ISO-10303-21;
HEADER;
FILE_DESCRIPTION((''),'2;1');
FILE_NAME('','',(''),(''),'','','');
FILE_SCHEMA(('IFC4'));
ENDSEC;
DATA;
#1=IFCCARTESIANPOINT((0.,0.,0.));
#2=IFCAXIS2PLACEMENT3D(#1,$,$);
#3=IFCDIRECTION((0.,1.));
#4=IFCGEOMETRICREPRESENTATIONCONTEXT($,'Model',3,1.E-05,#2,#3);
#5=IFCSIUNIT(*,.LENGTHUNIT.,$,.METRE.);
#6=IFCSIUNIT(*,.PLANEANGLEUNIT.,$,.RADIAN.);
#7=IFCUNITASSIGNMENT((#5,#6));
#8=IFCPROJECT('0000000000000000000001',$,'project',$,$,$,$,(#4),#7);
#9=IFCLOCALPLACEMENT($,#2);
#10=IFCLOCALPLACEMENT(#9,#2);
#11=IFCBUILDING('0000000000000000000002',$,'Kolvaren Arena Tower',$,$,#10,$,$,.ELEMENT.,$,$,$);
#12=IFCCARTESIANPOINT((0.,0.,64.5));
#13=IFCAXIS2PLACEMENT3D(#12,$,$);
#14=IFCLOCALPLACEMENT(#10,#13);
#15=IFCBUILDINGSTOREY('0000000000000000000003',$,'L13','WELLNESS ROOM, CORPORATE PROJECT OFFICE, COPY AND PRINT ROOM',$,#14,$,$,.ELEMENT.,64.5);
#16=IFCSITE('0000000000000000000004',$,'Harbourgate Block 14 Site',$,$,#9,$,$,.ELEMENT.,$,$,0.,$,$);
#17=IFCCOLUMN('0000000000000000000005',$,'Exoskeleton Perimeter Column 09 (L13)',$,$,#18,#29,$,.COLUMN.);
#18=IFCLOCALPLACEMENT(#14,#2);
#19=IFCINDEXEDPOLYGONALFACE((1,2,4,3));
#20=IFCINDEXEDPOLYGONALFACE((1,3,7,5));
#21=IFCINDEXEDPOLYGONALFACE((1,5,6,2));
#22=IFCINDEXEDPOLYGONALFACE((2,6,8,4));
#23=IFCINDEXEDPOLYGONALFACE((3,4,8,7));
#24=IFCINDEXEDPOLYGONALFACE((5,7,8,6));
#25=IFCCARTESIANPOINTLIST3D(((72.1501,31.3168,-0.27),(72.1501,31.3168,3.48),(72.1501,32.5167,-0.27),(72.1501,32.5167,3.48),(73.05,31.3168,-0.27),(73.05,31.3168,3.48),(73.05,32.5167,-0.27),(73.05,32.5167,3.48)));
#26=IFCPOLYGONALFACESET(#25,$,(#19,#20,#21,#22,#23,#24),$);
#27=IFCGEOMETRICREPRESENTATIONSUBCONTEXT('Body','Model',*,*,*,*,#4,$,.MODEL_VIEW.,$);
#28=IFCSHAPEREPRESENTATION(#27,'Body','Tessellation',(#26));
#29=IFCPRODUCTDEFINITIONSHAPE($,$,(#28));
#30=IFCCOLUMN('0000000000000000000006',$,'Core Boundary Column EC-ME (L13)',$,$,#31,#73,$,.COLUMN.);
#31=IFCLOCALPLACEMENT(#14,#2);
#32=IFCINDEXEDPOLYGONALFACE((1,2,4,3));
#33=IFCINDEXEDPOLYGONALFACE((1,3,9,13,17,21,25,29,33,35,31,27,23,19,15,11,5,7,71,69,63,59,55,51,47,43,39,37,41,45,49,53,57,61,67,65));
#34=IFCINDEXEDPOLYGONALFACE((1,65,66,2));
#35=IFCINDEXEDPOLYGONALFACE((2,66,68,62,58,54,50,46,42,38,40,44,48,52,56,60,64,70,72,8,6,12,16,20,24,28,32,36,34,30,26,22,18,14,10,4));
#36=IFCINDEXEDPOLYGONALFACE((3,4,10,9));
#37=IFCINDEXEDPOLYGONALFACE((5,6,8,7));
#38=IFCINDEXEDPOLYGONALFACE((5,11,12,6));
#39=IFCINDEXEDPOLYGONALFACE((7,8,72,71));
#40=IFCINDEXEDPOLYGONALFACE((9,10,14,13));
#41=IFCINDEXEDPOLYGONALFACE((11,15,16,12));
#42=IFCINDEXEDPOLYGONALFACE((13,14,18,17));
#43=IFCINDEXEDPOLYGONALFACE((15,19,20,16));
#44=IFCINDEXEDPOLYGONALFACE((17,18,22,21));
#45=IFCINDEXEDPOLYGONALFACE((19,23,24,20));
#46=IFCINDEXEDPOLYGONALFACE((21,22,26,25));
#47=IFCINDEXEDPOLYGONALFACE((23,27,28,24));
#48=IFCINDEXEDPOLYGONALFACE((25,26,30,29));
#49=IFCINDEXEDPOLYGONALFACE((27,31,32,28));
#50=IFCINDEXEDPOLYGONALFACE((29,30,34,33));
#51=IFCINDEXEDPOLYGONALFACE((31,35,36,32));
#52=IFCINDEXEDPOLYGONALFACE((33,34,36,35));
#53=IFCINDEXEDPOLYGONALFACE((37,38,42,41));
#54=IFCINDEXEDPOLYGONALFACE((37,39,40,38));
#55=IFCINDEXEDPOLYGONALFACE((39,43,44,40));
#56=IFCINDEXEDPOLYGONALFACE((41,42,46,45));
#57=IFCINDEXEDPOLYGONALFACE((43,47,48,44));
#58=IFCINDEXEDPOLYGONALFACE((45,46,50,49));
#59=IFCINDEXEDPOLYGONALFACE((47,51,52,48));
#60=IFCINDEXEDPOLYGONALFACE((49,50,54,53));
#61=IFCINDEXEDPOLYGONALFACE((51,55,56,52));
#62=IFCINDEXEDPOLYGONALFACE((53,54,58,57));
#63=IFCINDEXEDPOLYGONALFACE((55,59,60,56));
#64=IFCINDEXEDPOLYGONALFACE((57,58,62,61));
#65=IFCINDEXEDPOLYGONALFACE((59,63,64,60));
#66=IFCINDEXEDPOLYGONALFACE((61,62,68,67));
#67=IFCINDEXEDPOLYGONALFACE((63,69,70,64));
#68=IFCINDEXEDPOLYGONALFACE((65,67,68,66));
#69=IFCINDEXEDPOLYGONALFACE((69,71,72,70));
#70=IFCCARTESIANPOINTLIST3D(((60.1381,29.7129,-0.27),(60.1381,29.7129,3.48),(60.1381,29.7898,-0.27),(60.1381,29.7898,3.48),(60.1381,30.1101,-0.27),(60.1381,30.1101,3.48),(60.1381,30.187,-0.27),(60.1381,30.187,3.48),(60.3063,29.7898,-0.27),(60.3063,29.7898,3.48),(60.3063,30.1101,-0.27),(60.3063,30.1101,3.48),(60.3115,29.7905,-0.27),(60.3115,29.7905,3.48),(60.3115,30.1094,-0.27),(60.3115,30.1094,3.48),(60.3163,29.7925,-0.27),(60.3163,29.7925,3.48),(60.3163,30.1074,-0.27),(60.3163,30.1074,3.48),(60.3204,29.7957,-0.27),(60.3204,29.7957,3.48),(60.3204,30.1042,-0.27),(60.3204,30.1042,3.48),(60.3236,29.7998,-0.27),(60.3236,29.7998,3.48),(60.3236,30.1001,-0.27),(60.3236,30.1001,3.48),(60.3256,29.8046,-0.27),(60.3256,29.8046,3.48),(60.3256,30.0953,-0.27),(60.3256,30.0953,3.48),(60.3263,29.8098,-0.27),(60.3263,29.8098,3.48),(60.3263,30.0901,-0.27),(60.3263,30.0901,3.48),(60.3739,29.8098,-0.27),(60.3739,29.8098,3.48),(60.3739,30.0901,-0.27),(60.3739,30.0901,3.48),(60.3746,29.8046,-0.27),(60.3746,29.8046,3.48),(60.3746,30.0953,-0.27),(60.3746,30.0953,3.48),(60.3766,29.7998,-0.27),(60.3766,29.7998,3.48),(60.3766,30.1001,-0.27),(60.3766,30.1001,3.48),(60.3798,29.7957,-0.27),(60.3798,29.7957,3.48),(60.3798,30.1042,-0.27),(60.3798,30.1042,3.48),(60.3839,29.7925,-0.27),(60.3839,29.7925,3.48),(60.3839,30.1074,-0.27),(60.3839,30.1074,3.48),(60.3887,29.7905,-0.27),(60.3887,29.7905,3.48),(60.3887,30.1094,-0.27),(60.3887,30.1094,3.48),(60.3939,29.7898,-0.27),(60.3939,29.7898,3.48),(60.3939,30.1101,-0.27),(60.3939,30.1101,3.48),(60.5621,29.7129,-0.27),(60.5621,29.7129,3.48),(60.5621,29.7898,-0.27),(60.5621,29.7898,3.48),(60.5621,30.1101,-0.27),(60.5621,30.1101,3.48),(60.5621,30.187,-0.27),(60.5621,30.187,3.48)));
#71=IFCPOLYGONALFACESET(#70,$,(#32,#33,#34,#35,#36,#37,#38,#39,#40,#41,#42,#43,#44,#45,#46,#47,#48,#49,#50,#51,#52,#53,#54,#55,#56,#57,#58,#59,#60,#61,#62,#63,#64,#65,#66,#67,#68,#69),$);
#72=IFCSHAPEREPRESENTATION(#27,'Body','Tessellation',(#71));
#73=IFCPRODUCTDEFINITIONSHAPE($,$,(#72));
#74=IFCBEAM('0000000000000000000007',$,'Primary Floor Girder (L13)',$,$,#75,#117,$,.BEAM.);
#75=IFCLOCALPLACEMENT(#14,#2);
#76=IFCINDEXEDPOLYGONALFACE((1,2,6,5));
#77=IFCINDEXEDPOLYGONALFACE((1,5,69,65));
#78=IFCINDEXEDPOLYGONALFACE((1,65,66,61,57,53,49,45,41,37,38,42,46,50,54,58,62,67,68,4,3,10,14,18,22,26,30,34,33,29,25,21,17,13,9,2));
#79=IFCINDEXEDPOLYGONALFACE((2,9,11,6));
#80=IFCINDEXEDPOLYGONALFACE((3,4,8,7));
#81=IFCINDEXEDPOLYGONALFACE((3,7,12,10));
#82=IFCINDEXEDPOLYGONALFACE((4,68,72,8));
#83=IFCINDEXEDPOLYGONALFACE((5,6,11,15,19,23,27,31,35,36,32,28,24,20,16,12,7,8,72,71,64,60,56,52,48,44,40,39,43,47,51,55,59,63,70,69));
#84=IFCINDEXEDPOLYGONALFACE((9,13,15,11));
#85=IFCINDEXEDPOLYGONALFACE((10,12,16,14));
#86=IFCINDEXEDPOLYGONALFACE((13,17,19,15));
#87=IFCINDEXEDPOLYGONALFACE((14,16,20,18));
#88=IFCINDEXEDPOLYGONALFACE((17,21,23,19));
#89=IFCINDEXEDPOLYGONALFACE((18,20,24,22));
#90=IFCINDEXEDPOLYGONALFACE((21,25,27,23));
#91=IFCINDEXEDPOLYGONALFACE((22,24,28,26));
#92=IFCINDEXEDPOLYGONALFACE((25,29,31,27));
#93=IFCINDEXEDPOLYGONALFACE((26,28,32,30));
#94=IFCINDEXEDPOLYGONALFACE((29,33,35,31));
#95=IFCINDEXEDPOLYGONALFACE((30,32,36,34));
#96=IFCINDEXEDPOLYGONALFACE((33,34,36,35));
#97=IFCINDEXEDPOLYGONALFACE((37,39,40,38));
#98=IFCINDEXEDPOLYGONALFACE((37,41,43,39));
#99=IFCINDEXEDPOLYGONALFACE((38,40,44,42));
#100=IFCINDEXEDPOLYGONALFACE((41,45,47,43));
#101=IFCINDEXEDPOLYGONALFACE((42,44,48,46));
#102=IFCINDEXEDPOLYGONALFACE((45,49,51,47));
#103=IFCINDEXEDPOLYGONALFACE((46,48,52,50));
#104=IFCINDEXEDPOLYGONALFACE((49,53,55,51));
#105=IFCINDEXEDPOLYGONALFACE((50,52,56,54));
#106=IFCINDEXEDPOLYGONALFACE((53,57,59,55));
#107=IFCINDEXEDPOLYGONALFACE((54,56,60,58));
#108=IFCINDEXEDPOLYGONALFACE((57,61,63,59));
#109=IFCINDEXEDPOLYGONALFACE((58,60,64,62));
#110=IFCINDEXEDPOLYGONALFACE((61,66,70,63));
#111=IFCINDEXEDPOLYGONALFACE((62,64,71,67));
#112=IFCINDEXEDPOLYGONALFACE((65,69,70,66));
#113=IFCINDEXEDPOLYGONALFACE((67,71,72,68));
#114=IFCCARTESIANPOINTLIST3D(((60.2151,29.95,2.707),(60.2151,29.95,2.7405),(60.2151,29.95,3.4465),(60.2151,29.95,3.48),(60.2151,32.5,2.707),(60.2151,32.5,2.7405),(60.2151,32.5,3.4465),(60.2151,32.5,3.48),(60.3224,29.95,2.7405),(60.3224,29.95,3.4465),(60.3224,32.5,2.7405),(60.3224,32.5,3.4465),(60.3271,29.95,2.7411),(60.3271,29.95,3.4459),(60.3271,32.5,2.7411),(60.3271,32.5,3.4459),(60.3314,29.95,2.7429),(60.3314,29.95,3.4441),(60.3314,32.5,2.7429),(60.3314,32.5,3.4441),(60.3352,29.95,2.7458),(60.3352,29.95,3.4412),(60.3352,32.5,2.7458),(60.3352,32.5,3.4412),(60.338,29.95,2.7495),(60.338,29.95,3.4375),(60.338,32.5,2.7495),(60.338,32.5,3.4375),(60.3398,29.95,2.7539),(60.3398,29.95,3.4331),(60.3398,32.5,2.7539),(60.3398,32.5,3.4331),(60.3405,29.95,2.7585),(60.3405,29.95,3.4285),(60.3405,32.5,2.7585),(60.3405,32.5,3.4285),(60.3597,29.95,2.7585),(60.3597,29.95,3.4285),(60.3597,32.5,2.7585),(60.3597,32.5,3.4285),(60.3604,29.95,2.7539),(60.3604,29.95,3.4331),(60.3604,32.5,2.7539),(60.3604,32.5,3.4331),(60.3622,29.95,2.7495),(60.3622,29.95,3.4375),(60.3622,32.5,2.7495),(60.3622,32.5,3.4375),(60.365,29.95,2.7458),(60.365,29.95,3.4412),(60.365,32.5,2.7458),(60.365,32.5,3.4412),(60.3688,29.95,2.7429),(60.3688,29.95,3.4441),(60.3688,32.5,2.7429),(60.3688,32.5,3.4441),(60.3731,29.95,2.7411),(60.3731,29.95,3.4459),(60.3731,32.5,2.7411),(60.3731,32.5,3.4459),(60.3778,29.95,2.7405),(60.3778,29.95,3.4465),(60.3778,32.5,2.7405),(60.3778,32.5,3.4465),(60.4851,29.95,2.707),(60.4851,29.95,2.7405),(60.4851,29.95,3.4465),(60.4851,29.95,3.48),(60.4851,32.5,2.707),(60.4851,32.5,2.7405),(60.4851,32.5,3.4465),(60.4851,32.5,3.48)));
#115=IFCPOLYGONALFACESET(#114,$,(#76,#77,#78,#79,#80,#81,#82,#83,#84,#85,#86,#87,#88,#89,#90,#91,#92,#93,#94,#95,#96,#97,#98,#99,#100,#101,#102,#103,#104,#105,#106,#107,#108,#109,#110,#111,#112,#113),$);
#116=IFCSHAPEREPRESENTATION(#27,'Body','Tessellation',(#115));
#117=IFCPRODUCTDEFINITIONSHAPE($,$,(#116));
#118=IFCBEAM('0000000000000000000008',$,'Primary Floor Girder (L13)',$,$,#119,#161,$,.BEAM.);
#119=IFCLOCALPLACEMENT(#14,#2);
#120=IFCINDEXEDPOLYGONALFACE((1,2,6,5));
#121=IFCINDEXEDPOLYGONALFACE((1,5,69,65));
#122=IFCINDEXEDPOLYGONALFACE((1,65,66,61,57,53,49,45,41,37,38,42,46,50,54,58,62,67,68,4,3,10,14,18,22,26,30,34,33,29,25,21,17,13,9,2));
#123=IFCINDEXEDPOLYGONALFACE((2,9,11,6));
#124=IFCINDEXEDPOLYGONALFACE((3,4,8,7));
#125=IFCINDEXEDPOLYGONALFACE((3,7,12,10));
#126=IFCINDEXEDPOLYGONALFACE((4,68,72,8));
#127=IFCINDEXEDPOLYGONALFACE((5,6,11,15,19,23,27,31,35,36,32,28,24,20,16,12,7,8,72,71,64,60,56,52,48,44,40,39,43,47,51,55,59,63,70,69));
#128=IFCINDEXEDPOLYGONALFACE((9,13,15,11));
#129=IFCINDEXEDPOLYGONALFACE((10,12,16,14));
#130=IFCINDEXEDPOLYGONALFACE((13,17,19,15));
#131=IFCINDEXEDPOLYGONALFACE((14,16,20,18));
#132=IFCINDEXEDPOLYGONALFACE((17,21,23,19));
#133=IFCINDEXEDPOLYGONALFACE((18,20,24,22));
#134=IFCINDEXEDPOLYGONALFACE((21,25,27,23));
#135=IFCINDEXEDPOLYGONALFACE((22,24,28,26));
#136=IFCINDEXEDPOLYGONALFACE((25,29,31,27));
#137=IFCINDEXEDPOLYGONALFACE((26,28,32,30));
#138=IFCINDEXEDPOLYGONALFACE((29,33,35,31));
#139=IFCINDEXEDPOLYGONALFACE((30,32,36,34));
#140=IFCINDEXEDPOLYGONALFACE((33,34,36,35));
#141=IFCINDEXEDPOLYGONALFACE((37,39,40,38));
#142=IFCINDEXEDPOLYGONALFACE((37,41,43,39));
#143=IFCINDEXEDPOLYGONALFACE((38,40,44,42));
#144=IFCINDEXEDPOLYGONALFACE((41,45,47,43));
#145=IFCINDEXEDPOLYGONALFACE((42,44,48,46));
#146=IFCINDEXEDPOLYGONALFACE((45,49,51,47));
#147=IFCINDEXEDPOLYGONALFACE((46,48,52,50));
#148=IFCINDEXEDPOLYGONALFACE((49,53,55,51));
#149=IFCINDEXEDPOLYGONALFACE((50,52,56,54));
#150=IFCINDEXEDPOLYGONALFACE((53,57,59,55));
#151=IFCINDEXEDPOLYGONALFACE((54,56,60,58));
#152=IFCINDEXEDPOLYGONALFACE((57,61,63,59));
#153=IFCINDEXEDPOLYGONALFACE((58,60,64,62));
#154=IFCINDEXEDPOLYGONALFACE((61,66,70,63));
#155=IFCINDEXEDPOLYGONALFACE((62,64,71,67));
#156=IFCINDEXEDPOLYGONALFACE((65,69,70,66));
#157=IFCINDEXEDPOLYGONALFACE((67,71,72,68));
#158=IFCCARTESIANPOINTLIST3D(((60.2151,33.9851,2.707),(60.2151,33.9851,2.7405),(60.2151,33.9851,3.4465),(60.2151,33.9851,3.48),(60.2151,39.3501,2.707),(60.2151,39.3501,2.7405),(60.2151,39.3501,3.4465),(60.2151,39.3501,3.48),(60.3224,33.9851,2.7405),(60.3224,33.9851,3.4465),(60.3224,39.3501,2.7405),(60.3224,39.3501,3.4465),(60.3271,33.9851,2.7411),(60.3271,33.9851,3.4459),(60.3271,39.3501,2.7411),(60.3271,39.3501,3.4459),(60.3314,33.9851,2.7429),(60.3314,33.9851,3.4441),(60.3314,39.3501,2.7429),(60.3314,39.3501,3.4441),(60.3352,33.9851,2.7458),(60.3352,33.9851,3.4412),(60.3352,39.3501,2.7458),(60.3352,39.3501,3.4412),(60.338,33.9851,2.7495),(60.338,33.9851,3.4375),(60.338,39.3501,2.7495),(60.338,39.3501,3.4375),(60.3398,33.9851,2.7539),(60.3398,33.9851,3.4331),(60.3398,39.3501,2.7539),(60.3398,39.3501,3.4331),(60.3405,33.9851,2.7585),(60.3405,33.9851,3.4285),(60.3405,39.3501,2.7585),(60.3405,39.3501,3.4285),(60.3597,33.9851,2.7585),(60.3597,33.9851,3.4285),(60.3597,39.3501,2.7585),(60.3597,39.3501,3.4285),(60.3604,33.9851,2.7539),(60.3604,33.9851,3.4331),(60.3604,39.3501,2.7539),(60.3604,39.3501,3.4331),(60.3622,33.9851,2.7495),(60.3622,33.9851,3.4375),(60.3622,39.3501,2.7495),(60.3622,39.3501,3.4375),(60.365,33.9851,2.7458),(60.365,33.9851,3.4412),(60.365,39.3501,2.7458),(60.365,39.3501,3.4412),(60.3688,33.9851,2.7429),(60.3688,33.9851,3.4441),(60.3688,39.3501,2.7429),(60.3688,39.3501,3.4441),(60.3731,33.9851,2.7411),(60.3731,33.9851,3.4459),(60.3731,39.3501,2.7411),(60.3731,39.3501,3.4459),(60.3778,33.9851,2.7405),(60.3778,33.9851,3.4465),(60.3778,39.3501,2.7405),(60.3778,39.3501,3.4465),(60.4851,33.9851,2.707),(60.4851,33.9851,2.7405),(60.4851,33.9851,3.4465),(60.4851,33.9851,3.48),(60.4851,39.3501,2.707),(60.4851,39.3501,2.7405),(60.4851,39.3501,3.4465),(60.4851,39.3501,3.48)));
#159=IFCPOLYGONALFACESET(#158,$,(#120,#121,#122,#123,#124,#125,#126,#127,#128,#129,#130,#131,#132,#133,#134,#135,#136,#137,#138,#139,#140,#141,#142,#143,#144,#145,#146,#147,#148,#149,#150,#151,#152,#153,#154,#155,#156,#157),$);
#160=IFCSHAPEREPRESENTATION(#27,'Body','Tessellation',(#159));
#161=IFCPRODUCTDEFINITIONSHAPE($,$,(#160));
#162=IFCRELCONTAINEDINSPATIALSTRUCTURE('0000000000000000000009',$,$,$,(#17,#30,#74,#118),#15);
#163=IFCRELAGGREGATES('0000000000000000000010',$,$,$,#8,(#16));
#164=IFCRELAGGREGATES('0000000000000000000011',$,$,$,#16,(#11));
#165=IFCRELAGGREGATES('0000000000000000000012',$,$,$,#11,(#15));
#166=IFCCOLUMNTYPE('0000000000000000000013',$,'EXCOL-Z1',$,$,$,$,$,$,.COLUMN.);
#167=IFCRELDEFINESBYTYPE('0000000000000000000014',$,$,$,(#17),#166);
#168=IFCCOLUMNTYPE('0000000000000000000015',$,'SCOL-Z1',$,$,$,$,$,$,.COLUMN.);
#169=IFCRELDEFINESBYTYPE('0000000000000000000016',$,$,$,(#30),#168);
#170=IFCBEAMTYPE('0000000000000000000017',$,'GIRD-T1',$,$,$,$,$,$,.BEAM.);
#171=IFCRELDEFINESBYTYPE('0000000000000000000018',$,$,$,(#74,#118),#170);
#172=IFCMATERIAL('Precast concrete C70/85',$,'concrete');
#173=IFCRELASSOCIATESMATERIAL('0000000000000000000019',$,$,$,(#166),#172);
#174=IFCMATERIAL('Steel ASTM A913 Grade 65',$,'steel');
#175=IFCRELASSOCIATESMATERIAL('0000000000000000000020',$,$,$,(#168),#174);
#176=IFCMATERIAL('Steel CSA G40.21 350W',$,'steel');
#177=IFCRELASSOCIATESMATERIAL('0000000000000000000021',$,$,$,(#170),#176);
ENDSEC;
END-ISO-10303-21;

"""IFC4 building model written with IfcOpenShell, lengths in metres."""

from ifc_helpers import new_model, si_unit, direction, frame, origin, origin_2d, place, context, subcontext, project, spatial, rectangle, i_section, extrude, material, material_profile, profile_set, type_object, element, save


model = new_model("IFC4")

# Units and contexts
model_context = context("Model", 3, precision=1e-05, world=origin(), true_north=direction((0.0, 1.0)))
body_context = subcontext(model_context, "Body", "Model", "MODEL_VIEW")
ifc_project = project(units=[si_unit("LENGTHUNIT", "METRE"), si_unit("PLANEANGLEUNIT", "RADIAN")], contexts=[model_context])

# Site, building, storey
site_placement = place(None, origin())
site = spatial("IfcSite", under=ifc_project, at=site_placement, Name="Harbourgate Block 14 Site", CompositionType="ELEMENT", RefElevation=0.0)
building_placement = place(site_placement, origin())
building = spatial("IfcBuilding", under=site, at=building_placement, Name="Kolvaren Arena Tower", CompositionType="ELEMENT")
storey_placement = place(building_placement, frame((0.0, 0.0, 64.5)))
storey = spatial("IfcBuildingStorey", under=building, at=storey_placement, Name="L13", Description="WELLNESS ROOM, CORPORATE PROJECT OFFICE, COPY AND PRINT ROOM", CompositionType="ELEMENT", Elevation=64.5)

# Columns
ifc_material_1 = material(Name="Precast concrete C70/85", Category="concrete")
ifc_material_profile_1 = material_profile(ifc_material_1, rectangle(XDim=1.2, YDim=0.8999, at=origin_2d()), Name="RC-1200x900")
ifc_profile_set_1 = profile_set([ifc_material_profile_1], Name="Precast concrete C70/85")
column_type_1 = type_object("IfcColumnType", Name="EXCOL-Z1", PredefinedType="COLUMN", material=ifc_profile_set_1)
column_1_placement = place(storey_placement, frame((72.6001, 31.9167, -0.27), z_axis=(0.0, 0.0, 1.0), x_axis=(0.0, 1.0, 0.0)))
element("IfcColumn", 1, at=column_1_placement, inside=storey, type_object=column_type_1, Name="Exoskeleton Perimeter Column 09 (L13)", PredefinedType="COLUMN", context=body_context, shape_type="SweptSolid", body=[
    extrude(rectangle(XDim=1.2, YDim=0.8999, at=origin_2d()), origin(), (0.0, 0.0, 1.0), 3.75),
])
ifc_material_2 = material(Name="Steel ASTM A913 Grade 65", Category="steel")
ifc_material_profile_2 = material_profile(ifc_material_2, i_section(OverallWidth=0.4241, OverallDepth=0.4741, WebThickness=0.0476, FlangeThickness=0.0769, FilletRadius=0.02, at=origin_2d()), Name="W360x634")
ifc_profile_set_2 = profile_set([ifc_material_profile_2], Name="Steel ASTM A913 Grade 65")
column_type_2 = type_object("IfcColumnType", Name="SCOL-Z1", PredefinedType="COLUMN", material=ifc_profile_set_2)
column_2_placement = place(storey_placement, frame((60.3501, 29.95, -0.27), z_axis=(0.0, 0.0, 1.0), x_axis=(1.0, 0.0, 0.0)))
element("IfcColumn", 2, at=column_2_placement, inside=storey, type_object=column_type_2, Name="Core Boundary Column EC-ME (L13)", PredefinedType="COLUMN", context=body_context, shape_type="SweptSolid", body=[
    extrude(i_section(OverallWidth=0.4241, OverallDepth=0.4741, WebThickness=0.0476, FlangeThickness=0.0769, FilletRadius=0.02, at=origin_2d()), origin(), (0.0, 0.0, 1.0), 3.75),
])

# Beams
ifc_material_3 = material(Name="Steel CSA G40.21 350W", Category="steel")
ifc_material_profile_3 = material_profile(ifc_material_3, i_section(OverallWidth=0.27, OverallDepth=0.7729, WebThickness=0.0193, FlangeThickness=0.0334, FilletRadius=0.0181, at=origin_2d()), Name="W760x257")
ifc_profile_set_3 = profile_set([ifc_material_profile_3], Name="Steel CSA G40.21 350W")
beam_type_1 = type_object("IfcBeamType", Name="GIRD-T1", PredefinedType="BEAM", material=ifc_profile_set_3)
beam_1_placement = place(storey_placement, frame((60.3501, 29.95, 3.0935), z_axis=(0.0, 1.0, 0.0), x_axis=(-1.0, 0.0, 0.0)))
element("IfcBeam", 3, at=beam_1_placement, inside=storey, type_object=beam_type_1, Name="Primary Floor Girder (L13)", PredefinedType="BEAM", context=body_context, shape_type="SweptSolid", body=[
    extrude(i_section(OverallWidth=0.27, OverallDepth=0.7729, WebThickness=0.0193, FlangeThickness=0.0334, FilletRadius=0.0181, at=origin_2d()), origin(), (0.0, 0.0, 1.0), 2.55),
])
beam_2_placement = place(storey_placement, frame((60.3501, 33.9851, 3.0935), z_axis=(0.0, 1.0, 0.0), x_axis=(-1.0, 0.0, 0.0)))
element("IfcBeam", 4, at=beam_2_placement, inside=storey, type_object=beam_type_1, Name="Primary Floor Girder (L13)", PredefinedType="BEAM", context=body_context, shape_type="SweptSolid", body=[
    extrude(i_section(OverallWidth=0.27, OverallDepth=0.7729, WebThickness=0.0193, FlangeThickness=0.0334, FilletRadius=0.0181, at=origin_2d()), origin(), (0.0, 0.0, 1.0), 5.365),
])

save(model, "model.ifc")
